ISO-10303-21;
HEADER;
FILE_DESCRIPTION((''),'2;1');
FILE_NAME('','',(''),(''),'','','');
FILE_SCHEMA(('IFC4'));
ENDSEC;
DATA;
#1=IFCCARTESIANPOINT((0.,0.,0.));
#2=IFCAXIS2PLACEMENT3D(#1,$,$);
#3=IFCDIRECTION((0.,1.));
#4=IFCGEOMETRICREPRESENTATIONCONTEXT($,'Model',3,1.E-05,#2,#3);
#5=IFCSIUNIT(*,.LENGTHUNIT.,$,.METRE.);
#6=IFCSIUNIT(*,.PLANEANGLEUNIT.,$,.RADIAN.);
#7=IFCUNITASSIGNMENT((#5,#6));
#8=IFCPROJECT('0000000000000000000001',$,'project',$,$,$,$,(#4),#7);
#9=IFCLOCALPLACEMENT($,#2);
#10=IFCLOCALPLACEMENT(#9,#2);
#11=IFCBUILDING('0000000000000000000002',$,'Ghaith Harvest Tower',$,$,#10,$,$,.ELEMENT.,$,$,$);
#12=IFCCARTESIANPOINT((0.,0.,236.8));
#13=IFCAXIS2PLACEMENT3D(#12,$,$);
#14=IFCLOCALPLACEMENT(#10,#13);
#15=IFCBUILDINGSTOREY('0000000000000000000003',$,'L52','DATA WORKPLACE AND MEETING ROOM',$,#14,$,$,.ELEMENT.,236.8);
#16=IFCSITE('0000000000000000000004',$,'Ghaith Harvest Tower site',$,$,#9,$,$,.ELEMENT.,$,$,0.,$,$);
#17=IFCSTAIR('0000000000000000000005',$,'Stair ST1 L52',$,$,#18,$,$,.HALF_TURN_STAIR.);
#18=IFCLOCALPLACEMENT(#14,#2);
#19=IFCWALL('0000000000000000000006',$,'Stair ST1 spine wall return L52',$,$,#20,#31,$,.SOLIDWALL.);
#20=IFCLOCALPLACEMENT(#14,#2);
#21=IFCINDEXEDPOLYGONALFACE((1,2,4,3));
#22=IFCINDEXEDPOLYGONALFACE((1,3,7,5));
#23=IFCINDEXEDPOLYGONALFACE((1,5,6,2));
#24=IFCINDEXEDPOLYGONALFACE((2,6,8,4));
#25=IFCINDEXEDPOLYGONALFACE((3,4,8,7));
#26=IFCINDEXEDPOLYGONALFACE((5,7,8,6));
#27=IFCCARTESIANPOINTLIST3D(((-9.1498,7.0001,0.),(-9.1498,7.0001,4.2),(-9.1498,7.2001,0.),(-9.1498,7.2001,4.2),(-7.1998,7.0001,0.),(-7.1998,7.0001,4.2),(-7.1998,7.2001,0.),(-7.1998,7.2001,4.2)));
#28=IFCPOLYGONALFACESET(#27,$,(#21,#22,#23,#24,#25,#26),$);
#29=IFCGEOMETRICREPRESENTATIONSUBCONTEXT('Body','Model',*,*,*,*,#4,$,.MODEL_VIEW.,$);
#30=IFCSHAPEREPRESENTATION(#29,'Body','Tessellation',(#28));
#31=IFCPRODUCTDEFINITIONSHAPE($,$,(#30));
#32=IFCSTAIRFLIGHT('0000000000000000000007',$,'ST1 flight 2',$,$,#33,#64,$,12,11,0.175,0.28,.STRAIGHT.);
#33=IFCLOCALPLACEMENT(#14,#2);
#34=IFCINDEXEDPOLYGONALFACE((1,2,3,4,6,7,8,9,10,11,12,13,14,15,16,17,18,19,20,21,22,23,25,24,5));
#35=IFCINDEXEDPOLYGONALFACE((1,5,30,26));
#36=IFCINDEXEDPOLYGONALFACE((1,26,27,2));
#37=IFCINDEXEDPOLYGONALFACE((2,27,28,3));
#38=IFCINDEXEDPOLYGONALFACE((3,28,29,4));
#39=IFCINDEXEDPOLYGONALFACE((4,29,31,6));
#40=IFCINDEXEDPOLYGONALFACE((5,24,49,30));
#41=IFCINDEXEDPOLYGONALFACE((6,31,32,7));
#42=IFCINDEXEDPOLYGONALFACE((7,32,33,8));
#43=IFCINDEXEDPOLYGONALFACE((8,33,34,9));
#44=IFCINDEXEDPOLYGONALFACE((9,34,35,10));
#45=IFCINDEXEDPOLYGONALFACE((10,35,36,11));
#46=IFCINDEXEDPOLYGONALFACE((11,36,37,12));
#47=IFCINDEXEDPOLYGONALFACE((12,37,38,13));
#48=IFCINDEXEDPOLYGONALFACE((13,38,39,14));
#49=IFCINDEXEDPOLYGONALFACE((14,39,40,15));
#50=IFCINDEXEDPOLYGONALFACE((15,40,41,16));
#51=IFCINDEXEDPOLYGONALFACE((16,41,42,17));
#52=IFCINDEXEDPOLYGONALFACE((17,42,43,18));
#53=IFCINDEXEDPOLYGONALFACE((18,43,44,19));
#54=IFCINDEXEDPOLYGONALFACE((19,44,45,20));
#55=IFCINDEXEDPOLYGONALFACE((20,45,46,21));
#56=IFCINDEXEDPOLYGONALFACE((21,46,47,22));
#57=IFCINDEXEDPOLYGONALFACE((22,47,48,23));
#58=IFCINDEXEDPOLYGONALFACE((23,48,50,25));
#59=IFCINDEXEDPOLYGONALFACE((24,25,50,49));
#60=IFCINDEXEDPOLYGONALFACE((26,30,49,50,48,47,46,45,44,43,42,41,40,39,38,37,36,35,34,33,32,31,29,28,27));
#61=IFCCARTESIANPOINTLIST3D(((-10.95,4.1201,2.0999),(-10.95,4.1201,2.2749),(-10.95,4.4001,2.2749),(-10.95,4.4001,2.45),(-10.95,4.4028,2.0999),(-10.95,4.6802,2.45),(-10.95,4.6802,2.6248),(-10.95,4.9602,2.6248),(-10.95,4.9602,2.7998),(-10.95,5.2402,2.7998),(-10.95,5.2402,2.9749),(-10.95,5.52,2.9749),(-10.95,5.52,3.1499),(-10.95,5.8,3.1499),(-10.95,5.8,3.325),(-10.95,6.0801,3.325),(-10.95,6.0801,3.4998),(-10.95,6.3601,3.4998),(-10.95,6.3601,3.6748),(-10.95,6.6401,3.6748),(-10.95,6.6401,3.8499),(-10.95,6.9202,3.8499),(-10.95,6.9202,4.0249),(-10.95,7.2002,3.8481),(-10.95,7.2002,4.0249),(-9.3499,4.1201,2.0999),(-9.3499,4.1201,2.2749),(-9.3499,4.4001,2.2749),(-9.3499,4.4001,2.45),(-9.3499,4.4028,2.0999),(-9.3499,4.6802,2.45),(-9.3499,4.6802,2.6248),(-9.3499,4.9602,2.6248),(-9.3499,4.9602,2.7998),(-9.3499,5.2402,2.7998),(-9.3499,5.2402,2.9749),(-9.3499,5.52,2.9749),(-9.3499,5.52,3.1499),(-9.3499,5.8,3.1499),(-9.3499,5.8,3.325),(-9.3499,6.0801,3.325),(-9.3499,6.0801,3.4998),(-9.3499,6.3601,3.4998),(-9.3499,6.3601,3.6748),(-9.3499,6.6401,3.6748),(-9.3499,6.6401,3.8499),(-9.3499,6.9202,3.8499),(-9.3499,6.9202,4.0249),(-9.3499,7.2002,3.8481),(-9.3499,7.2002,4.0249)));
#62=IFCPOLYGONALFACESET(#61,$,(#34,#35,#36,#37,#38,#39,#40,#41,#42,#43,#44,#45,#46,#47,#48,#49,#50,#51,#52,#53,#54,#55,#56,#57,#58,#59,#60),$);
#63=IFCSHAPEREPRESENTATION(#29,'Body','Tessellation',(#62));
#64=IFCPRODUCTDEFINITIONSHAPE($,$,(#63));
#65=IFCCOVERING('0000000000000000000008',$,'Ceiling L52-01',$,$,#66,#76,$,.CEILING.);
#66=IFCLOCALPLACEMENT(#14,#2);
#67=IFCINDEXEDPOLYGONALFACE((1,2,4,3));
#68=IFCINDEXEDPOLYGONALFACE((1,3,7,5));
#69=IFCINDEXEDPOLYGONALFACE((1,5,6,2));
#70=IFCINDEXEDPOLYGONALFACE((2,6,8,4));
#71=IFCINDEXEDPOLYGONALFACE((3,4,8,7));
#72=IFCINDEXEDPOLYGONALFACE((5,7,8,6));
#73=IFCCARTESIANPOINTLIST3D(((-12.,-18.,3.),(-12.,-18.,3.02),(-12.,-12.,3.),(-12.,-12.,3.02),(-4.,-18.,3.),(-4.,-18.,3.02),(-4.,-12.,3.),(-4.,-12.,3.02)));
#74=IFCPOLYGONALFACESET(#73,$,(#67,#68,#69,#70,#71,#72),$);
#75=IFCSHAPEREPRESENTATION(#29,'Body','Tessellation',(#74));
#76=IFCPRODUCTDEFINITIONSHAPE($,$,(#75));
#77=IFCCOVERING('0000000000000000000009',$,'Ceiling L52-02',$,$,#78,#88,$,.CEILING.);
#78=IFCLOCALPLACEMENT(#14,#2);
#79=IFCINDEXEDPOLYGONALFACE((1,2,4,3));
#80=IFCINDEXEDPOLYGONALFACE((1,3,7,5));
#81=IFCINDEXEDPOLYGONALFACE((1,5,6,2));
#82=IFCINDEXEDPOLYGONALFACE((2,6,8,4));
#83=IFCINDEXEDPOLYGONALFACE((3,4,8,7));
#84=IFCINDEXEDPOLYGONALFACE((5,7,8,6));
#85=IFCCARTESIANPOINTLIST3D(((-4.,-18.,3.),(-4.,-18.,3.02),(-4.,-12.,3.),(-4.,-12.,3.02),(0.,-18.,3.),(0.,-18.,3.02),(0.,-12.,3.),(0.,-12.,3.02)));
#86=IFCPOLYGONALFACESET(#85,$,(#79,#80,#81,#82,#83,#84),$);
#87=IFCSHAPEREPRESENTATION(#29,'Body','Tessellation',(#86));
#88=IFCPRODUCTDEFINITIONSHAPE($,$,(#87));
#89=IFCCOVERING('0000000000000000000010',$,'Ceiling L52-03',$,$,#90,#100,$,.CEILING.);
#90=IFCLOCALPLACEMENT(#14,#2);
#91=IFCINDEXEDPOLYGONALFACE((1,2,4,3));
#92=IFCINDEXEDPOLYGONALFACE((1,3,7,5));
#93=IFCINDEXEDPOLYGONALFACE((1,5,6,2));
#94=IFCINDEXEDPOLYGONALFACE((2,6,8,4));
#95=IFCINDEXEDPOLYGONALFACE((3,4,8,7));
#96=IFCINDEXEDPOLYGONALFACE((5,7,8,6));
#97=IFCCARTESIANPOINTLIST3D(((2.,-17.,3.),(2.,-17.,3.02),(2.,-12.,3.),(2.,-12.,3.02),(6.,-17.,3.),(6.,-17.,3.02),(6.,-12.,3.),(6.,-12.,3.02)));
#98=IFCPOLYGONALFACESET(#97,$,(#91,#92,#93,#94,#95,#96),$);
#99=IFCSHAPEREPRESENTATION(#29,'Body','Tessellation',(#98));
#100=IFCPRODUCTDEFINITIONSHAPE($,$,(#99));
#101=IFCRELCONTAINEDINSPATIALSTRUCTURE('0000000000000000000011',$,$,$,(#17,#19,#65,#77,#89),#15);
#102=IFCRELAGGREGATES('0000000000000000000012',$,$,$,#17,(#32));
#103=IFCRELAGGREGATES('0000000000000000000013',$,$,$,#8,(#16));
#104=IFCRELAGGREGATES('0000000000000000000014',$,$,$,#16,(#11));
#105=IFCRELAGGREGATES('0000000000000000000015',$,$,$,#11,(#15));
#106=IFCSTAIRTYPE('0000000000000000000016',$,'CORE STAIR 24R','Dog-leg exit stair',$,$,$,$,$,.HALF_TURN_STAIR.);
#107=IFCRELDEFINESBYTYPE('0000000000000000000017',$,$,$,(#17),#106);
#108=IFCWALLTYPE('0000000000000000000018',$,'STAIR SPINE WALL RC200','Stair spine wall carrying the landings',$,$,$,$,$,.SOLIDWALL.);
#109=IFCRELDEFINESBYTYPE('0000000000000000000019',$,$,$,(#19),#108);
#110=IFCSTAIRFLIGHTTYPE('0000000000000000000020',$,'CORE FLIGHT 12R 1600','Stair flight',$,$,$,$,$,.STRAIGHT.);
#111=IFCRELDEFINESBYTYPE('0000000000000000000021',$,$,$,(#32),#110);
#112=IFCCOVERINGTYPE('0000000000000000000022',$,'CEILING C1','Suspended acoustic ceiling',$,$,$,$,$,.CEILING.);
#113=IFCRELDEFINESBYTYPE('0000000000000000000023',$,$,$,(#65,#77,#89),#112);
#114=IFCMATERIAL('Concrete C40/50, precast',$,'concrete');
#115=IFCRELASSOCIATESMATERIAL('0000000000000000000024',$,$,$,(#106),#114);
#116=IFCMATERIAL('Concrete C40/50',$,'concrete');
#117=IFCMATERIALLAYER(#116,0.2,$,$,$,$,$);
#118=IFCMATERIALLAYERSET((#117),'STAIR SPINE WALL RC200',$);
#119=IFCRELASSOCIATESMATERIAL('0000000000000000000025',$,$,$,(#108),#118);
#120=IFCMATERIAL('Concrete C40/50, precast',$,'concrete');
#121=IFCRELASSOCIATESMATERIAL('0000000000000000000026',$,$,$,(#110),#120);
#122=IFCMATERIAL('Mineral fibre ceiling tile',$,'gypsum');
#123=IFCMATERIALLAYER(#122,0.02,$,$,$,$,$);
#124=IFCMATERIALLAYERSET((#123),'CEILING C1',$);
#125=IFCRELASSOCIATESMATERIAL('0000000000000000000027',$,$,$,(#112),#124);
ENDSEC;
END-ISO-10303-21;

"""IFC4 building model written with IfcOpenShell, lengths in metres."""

from ifc_helpers import new_model, si_unit, direction, frame, frame_2d, origin, place, context, subcontext, project, spatial, polyline, rectangle, outline, extrude, material, layer, layer_set, type_object, element, aggregate, save


model = new_model("IFC4")

# Units and contexts
model_context = context("Model", 3, precision=1e-05, world=origin(), true_north=direction((0.0, 1.0)))
body_context = subcontext(model_context, "Body", "Model", "MODEL_VIEW")
ifc_project = project(units=[si_unit("LENGTHUNIT", "METRE"), si_unit("PLANEANGLEUNIT", "RADIAN")], contexts=[model_context])

# Site, building, storey
site_placement = place(None, origin())
site = spatial("IfcSite", under=ifc_project, at=site_placement, Name="Ghaith Harvest Tower site", CompositionType="ELEMENT", RefElevation=0.0)
building_placement = place(site_placement, origin())
building = spatial("IfcBuilding", under=site, at=building_placement, Name="Ghaith Harvest Tower", CompositionType="ELEMENT")
storey_placement = place(building_placement, frame((0.0, 0.0, 236.8)))
storey = spatial("IfcBuildingStorey", under=building, at=storey_placement, Name="L52", Description="DATA WORKPLACE AND MEETING ROOM", CompositionType="ELEMENT", Elevation=236.8)

# Stair
ifc_material_1 = material(Name="Concrete C40/50, precast", Category="concrete")
stair_type = type_object("IfcStairType", Name="CORE STAIR 24R", Description="Dog-leg exit stair", PredefinedType="HALF_TURN_STAIR", material=ifc_material_1)
stair_1_placement = place(storey_placement, origin())
stair_1 = element("IfcStair", 1, at=stair_1_placement, inside=storey, type_object=stair_type, Name="Stair ST1 L52", PredefinedType="HALF_TURN_STAIR")

# Wall
ifc_material_2 = material(Name="Concrete C40/50", Category="concrete")
ifc_layer_1 = layer(ifc_material_2, 0.2)
ifc_layer_set_1 = layer_set([ifc_layer_1], Name="STAIR SPINE WALL RC200")
wall_type_1 = type_object("IfcWallType", Name="STAIR SPINE WALL RC200", Description="Stair spine wall carrying the landings", PredefinedType="SOLIDWALL", material=ifc_layer_set_1)
wall_1_placement = place(storey_placement, frame((-9.1499, 7.1001, 0.0), z_axis=(0.0, 0.0, 1.0), x_axis=(1.0, 0.0, 0.0)))
element("IfcWall", 2, at=wall_1_placement, inside=storey, type_object=wall_type_1, Name="Stair ST1 spine wall return L52", PredefinedType="SOLIDWALL", context=body_context, shape_type="SweptSolid", body=[
    extrude(rectangle(XDim=1.95, YDim=0.2, at=frame_2d((0.9751, 0.0))), origin(), (0.0, 0.0, 1.0), 4.2),
])

# Stair flight
ifc_material_3 = material(Name="Concrete C40/50, precast", Category="concrete")
stair_flight_type = type_object("IfcStairFlightType", Name="CORE FLIGHT 12R 1600", Description="Stair flight", PredefinedType="STRAIGHT", material=ifc_material_3)
stair_flight_placement = place(storey_placement, frame((-10.1499, 4.1201, 2.0999), z_axis=(0.0, 0.0, 1.0), x_axis=(0.0, 1.0, 0.0)))
stair_flight = element("IfcStairFlight", 3, at=stair_flight_placement, type_object=stair_flight_type, Name="ST1 flight 2", NumberOfRisers=12, NumberOfTreads=11, PredefinedType="STRAIGHT", RiserHeight=0.175, TreadLength=0.28, context=body_context, shape_type="SweptSolid", body=[
    extrude(outline(polyline([(0.0, 0.0), (0.0, 0.175), (0.28, 0.175), (0.28, 0.3501), (0.5601, 0.3501), (0.5601, 0.5249), (0.8401, 0.5249), (0.8401, 0.7), (1.1201, 0.7), (1.1201, 0.875), (1.3999, 0.875), (1.3999, 1.05), (1.6799, 1.05), (1.6799, 1.2251), (1.96, 1.2251), (1.96, 1.3999), (2.24, 1.3999), (2.24, 1.575), (2.52, 1.575), (2.52, 1.75), (2.8, 1.75), (2.8, 1.925), (3.0801, 1.925), (3.0801, 2.1001), (3.0801, 1.7483), (0.2827, 0.0), (0.0, 0.0)])), frame((0.0, 0.8, 0.0), z_axis=(0.0, -1.0, 0.0), x_axis=(1.0, 0.0, 0.0)), (0.0, 0.0, 1.0), 1.6001),
])
aggregate(stair_1, [stair_flight])

# Coverings
ifc_material_4 = material(Name="Mineral fibre ceiling tile", Category="gypsum")
ifc_layer_2 = layer(ifc_material_4, 0.02)
ifc_layer_set_2 = layer_set([ifc_layer_2], Name="CEILING C1")
covering_type = type_object("IfcCoveringType", Name="CEILING C1", Description="Suspended acoustic ceiling", PredefinedType="CEILING", material=ifc_layer_set_2)
covering_1_placement = place(storey_placement, frame((0.0, 0.0, 3.0)))
element("IfcCovering", 4, at=covering_1_placement, inside=storey, type_object=covering_type, Name="Ceiling L52-01", PredefinedType="CEILING", context=body_context, shape_type="SweptSolid", body=[
    extrude(outline(polyline([(-12.0, -18.0), (-4.0, -18.0), (-4.0, -12.0), (-12.0, -12.0), (-12.0, -18.0)])), origin(), (0.0, 0.0, 1.0), 0.02),
])
covering_2_placement = place(storey_placement, frame((0.0, 0.0, 3.0)))
element("IfcCovering", 5, at=covering_2_placement, inside=storey, type_object=covering_type, Name="Ceiling L52-02", PredefinedType="CEILING", context=body_context, shape_type="SweptSolid", body=[
    extrude(outline(polyline([(-4.0, -18.0), (0.0, -18.0), (0.0, -12.0), (-4.0, -12.0), (-4.0, -18.0)])), origin(), (0.0, 0.0, 1.0), 0.02),
])
covering_3_placement = place(storey_placement, frame((0.0, 0.0, 3.0)))
element("IfcCovering", 6, at=covering_3_placement, inside=storey, type_object=covering_type, Name="Ceiling L52-03", PredefinedType="CEILING", context=body_context, shape_type="SweptSolid", body=[
    extrude(outline(polyline([(2.0, -17.0), (6.0, -17.0), (6.0, -12.0), (2.0, -12.0), (2.0, -17.0)])), origin(), (0.0, 0.0, 1.0), 0.02),
])

save(model, "model.ifc")
